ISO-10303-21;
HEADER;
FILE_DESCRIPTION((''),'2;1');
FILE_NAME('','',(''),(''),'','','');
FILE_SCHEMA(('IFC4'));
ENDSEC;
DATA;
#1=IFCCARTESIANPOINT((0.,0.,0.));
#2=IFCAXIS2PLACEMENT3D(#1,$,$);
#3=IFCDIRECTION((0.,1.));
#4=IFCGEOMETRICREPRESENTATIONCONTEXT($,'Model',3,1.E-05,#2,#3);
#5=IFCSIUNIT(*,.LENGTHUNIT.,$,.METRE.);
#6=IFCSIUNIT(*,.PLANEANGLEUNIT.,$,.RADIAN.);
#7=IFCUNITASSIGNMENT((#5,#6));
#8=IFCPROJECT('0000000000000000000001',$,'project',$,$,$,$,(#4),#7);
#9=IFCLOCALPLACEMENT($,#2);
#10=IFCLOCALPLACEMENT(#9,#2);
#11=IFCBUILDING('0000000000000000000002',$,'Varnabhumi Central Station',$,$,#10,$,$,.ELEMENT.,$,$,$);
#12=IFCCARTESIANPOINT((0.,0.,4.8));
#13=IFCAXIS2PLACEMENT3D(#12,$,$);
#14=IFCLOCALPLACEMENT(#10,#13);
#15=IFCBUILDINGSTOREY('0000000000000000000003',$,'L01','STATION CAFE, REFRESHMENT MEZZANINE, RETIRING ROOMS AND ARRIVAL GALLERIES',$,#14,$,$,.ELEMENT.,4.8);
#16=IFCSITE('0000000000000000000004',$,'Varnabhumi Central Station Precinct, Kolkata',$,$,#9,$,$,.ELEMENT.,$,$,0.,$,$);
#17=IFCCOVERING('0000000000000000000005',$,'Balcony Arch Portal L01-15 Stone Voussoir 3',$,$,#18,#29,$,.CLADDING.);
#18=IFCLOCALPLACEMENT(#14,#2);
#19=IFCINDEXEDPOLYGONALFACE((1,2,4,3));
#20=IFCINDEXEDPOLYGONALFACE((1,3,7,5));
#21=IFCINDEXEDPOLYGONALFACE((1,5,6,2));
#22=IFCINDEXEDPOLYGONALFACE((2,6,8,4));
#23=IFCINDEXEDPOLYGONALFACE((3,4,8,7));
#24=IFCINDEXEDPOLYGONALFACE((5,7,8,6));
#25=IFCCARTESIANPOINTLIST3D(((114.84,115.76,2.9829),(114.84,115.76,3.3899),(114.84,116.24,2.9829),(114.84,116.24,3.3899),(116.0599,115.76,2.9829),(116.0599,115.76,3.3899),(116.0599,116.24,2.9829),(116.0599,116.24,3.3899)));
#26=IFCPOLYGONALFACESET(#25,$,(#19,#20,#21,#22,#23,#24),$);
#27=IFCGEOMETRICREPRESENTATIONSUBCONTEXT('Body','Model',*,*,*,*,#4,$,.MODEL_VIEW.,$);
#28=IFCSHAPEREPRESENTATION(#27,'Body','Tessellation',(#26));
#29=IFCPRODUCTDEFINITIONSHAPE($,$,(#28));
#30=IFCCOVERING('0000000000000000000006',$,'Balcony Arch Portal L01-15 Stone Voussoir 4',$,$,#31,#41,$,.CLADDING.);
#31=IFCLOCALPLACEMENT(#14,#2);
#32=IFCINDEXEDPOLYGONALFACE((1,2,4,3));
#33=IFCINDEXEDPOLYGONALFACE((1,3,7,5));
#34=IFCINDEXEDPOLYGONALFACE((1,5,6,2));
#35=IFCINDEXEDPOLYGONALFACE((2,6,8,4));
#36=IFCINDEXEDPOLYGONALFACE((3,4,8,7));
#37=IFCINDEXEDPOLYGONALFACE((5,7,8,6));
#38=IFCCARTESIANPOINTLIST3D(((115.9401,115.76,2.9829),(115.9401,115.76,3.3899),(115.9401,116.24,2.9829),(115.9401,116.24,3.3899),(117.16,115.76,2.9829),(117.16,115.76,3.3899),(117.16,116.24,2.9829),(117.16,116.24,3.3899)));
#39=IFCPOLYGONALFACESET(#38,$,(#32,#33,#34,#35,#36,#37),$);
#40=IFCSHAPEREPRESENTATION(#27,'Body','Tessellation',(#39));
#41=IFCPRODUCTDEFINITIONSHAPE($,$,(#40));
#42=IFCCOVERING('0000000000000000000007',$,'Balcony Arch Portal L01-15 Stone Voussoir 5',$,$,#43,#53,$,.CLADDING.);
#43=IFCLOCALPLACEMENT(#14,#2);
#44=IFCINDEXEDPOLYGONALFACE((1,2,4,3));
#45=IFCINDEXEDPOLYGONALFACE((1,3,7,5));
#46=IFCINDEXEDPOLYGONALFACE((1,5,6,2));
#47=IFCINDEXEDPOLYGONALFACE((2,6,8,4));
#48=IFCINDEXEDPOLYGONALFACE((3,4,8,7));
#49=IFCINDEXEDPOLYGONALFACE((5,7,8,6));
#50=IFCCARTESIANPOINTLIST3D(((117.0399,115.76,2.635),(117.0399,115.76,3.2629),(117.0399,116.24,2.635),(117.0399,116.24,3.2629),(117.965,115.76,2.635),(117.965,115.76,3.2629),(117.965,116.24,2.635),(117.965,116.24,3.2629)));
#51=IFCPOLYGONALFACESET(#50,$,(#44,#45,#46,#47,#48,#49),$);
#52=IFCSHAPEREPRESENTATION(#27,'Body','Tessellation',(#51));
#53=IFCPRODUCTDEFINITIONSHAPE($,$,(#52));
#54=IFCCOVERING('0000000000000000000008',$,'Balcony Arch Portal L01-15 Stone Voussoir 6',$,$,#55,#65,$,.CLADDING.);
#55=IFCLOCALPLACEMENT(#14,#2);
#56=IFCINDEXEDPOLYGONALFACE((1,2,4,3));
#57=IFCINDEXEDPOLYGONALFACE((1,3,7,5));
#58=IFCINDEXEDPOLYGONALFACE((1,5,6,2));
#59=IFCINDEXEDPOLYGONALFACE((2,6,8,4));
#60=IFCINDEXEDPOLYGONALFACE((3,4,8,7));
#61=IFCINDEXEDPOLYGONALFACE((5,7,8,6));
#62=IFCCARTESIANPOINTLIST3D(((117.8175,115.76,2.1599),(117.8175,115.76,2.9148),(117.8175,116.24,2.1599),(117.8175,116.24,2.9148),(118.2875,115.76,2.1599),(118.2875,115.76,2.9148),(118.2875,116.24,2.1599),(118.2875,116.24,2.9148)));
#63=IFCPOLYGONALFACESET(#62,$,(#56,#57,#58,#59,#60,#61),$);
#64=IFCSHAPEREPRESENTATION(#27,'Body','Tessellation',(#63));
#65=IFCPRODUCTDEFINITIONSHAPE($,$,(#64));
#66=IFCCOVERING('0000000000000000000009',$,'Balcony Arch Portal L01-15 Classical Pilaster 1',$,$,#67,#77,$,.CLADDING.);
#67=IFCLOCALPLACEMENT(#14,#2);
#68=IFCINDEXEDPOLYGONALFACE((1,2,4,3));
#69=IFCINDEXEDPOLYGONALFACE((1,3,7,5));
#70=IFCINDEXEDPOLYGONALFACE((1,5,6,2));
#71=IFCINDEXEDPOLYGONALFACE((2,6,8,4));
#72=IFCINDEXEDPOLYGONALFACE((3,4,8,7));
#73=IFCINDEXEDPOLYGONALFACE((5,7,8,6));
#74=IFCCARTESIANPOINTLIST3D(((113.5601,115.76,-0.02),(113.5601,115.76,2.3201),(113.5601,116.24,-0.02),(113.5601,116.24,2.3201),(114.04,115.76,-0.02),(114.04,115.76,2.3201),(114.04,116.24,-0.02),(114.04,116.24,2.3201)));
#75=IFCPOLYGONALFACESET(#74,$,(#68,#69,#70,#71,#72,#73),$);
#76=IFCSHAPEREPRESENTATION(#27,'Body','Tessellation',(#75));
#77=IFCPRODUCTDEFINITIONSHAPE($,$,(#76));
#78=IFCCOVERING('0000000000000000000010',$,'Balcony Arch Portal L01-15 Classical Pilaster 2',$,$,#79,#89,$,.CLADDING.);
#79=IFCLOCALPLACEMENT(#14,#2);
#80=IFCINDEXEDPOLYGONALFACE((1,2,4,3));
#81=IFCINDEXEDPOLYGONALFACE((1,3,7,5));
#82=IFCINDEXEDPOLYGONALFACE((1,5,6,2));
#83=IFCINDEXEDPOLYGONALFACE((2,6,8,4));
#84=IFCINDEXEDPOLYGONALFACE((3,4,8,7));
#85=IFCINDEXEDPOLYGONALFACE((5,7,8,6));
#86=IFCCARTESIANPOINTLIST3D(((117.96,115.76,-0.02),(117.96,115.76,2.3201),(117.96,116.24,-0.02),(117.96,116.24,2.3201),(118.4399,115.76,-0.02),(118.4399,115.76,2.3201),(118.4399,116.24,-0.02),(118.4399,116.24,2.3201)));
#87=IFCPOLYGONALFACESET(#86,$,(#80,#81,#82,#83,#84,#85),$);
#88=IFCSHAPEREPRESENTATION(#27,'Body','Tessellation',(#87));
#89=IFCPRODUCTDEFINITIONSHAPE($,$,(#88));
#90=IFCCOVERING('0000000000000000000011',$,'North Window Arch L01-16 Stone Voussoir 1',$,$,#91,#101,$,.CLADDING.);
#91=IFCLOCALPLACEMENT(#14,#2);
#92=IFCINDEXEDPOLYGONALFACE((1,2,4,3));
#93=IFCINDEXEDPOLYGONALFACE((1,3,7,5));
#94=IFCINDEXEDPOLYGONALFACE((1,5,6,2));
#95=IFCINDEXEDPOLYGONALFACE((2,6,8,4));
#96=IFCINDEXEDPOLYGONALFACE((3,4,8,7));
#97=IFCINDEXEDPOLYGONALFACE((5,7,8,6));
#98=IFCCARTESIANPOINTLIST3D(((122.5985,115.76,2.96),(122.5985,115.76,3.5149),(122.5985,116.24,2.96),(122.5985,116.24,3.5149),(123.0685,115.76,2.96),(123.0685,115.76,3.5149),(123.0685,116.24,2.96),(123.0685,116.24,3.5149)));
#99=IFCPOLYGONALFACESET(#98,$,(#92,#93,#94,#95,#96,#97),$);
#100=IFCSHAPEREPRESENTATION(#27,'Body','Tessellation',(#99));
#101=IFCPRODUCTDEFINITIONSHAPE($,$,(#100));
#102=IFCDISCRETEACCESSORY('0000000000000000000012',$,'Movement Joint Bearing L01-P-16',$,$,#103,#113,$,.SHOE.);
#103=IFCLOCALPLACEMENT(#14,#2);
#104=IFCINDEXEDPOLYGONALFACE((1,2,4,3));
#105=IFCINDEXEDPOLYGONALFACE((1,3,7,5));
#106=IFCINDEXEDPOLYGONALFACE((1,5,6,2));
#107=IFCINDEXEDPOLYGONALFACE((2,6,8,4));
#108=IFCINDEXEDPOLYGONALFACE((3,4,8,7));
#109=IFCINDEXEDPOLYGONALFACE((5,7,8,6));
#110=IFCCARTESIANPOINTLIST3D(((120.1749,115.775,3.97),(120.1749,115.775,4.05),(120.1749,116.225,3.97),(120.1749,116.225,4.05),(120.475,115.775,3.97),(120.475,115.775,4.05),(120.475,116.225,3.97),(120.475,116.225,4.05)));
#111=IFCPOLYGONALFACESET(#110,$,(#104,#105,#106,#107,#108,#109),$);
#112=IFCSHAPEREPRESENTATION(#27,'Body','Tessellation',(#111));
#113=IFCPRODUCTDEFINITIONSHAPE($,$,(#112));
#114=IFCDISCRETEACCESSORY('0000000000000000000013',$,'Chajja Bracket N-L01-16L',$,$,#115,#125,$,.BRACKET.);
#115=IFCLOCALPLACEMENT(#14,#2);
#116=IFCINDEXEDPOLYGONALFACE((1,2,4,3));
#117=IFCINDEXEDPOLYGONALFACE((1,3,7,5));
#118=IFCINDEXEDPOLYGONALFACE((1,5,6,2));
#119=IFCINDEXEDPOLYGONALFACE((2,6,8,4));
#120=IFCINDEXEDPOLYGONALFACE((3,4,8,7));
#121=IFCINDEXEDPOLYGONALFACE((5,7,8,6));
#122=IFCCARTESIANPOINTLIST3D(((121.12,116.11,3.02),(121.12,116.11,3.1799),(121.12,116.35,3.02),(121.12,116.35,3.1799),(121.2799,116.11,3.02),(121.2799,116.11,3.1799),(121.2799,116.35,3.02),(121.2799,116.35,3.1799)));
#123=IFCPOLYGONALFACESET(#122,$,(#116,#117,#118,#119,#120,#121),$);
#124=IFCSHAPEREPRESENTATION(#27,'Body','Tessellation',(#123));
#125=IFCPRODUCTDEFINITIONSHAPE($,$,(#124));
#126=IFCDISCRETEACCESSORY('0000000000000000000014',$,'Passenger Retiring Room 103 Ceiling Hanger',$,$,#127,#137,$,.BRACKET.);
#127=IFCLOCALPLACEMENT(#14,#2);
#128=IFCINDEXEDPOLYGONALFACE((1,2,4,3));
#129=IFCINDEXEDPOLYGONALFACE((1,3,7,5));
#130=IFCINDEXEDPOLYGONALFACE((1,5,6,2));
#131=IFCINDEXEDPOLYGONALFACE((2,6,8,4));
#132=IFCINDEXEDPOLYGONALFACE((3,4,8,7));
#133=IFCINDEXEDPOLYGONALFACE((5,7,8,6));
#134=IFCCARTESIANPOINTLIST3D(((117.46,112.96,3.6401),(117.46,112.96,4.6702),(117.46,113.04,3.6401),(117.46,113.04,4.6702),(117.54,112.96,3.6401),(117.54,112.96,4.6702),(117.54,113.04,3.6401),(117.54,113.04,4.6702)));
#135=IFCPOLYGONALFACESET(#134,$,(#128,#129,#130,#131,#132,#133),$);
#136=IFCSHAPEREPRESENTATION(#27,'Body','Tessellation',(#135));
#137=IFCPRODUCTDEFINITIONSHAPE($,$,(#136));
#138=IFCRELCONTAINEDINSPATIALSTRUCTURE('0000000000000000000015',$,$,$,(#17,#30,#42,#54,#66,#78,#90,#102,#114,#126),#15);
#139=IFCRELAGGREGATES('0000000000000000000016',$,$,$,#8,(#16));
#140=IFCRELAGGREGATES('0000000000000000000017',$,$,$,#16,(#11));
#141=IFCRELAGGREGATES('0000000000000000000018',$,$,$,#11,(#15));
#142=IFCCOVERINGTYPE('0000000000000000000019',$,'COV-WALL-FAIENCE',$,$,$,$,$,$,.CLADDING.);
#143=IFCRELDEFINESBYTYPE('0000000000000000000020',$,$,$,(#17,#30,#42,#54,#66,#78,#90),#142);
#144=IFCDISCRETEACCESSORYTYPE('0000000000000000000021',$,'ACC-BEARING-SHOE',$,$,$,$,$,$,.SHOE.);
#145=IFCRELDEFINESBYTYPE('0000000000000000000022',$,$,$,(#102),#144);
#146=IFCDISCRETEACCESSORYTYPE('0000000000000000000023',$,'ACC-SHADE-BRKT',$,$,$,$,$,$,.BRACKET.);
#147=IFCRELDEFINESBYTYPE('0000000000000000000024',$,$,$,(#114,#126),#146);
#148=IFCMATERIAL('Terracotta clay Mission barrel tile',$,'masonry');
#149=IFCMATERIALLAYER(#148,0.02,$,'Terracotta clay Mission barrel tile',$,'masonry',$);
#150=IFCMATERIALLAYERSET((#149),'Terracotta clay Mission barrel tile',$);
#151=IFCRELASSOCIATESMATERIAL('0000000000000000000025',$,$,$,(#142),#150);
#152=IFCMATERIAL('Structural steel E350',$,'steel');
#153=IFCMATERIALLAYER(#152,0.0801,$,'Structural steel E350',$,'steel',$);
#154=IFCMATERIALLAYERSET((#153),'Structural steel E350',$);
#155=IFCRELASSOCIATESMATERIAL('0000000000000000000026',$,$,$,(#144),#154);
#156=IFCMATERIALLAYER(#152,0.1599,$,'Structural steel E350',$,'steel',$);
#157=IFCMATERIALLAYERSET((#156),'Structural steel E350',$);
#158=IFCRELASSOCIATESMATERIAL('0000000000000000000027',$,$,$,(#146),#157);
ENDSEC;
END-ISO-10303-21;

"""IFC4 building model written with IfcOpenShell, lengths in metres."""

from ifc_helpers import new_model, si_unit, direction, frame, origin, origin_2d, place, context, subcontext, project, spatial, rectangle, extrude, material, layer, layer_set, type_object, element, save


model = new_model("IFC4")

# Units and contexts
model_context = context("Model", 3, precision=1e-05, world=origin(), true_north=direction((0.0, 1.0)))
body_context = subcontext(model_context, "Body", "Model", "MODEL_VIEW")
ifc_project = project(units=[si_unit("LENGTHUNIT", "METRE"), si_unit("PLANEANGLEUNIT", "RADIAN")], contexts=[model_context])

# Site, building, storey
site_placement = place(None, origin())
site = spatial("IfcSite", under=ifc_project, at=site_placement, Name="Varnabhumi Central Station Precinct, Kolkata", CompositionType="ELEMENT", RefElevation=0.0)
building_placement = place(site_placement, origin())
building = spatial("IfcBuilding", under=site, at=building_placement, Name="Varnabhumi Central Station", CompositionType="ELEMENT")
storey_placement = place(building_placement, frame((0.0, 0.0, 4.8)))
storey = spatial("IfcBuildingStorey", under=building, at=storey_placement, Name="L01", Description="STATION CAFE, REFRESHMENT MEZZANINE, RETIRING ROOMS AND ARRIVAL GALLERIES", CompositionType="ELEMENT", Elevation=4.8)

# Shared definitions
ifc_material_1 = material(Name="Structural steel E350", Category="steel")

# Coverings
ifc_material_2 = material(Name="Terracotta clay Mission barrel tile", Category="masonry")
ifc_layer_1 = layer(ifc_material_2, 0.02, Name="Terracotta clay Mission barrel tile", Category="masonry")
ifc_layer_set_1 = layer_set([ifc_layer_1], Name="Terracotta clay Mission barrel tile")
covering_type = type_object("IfcCoveringType", Name="COV-WALL-FAIENCE", PredefinedType="CLADDING", material=ifc_layer_set_1)
for number, where, z_axis, x_axis, name in (
    (1, (115.45, 116.0, 2.9829), (0.0, 0.0, 1.0), (1.0, 0.0, 0.0), "Balcony Arch Portal L01-15 Stone Voussoir 3"),
    (2, (116.55, 116.0, 2.9829), (0.0, 0.0, 1.0), (1.0, 0.0, 0.0), "Balcony Arch Portal L01-15 Stone Voussoir 4"),
):
    element("IfcCovering", number, at=place(storey_placement, frame(where, z_axis=z_axis, x_axis=x_axis)), inside=storey, type_object=covering_type, Name=name, PredefinedType="CLADDING", context=body_context, shape_type="SweptSolid", body=[
        extrude(rectangle(XDim=1.22, YDim=0.48, at=origin_2d()), origin(), (0.0, 0.0, 1.0), 0.407),
    ])
covering_1_placement = place(storey_placement, frame((117.5024, 116.0, 2.635), z_axis=(0.0, 0.0, 1.0), x_axis=(1.0, 0.0, 0.0)))
element("IfcCovering", 3, at=covering_1_placement, inside=storey, type_object=covering_type, Name="Balcony Arch Portal L01-15 Stone Voussoir 5", PredefinedType="CLADDING", context=body_context, shape_type="SweptSolid", body=[
    extrude(rectangle(XDim=0.925, YDim=0.48, at=origin_2d()), origin(), (0.0, 0.0, 1.0), 0.6279),
])
covering_2_placement = place(storey_placement, frame((118.0525, 116.0, 2.1599), z_axis=(0.0, 0.0, 1.0), x_axis=(1.0, 0.0, 0.0)))
element("IfcCovering", 4, at=covering_2_placement, inside=storey, type_object=covering_type, Name="Balcony Arch Portal L01-15 Stone Voussoir 6", PredefinedType="CLADDING", context=body_context, shape_type="SweptSolid", body=[
    extrude(rectangle(XDim=0.47, YDim=0.48, at=origin_2d()), origin(), (0.0, 0.0, 1.0), 0.7549),
])
for number, where, z_axis, x_axis, name in (
    (5, (113.8, 116.0, -0.02), (0.0, 0.0, 1.0), (1.0, 0.0, 0.0), "Balcony Arch Portal L01-15 Classical Pilaster 1"),
    (6, (118.2, 116.0, -0.02), (0.0, 0.0, 1.0), (1.0, 0.0, 0.0), "Balcony Arch Portal L01-15 Classical Pilaster 2"),
):
    element("IfcCovering", number, at=place(storey_placement, frame(where, z_axis=z_axis, x_axis=x_axis)), inside=storey, type_object=covering_type, Name=name, PredefinedType="CLADDING", context=body_context, shape_type="SweptSolid", body=[
        extrude(rectangle(XDim=0.48, YDim=0.48, at=origin_2d()), origin(), (0.0, 0.0, 1.0), 2.3401),
    ])
covering_3_placement = place(storey_placement, frame((122.8335, 116.0, 2.96), z_axis=(0.0, 0.0, 1.0), x_axis=(1.0, 0.0, 0.0)))
element("IfcCovering", 7, at=covering_3_placement, inside=storey, type_object=covering_type, Name="North Window Arch L01-16 Stone Voussoir 1", PredefinedType="CLADDING", context=body_context, shape_type="SweptSolid", body=[
    extrude(rectangle(XDim=0.47, YDim=0.48, at=origin_2d()), origin(), (0.0, 0.0, 1.0), 0.5549),
])

# Discrete accessories
ifc_layer_2 = layer(ifc_material_1, 0.0801, Name="Structural steel E350", Category="steel")
ifc_layer_set_2 = layer_set([ifc_layer_2], Name="Structural steel E350")
discrete_accessory_type_1 = type_object("IfcDiscreteAccessoryType", Name="ACC-BEARING-SHOE", PredefinedType="SHOE", material=ifc_layer_set_2)
discrete_accessory_1_placement = place(storey_placement, frame((120.325, 116.0, 3.97), z_axis=(0.0, 0.0, 1.0), x_axis=(1.0, 0.0, 0.0)))
element("IfcDiscreteAccessory", 8, at=discrete_accessory_1_placement, inside=storey, type_object=discrete_accessory_type_1, Name="Movement Joint Bearing L01-P-16", PredefinedType="SHOE", context=body_context, shape_type="SweptSolid", body=[
    extrude(rectangle(XDim=0.3, YDim=0.45, at=origin_2d()), origin(), (0.0, 0.0, 1.0), 0.0801),
])
ifc_layer_3 = layer(ifc_material_1, 0.1599, Name="Structural steel E350", Category="steel")
ifc_layer_set_3 = layer_set([ifc_layer_3], Name="Structural steel E350")
discrete_accessory_type_2 = type_object("IfcDiscreteAccessoryType", Name="ACC-SHADE-BRKT", PredefinedType="BRACKET", material=ifc_layer_set_3)
discrete_accessory_2_placement = place(storey_placement, frame((121.2, 116.23, 3.02), z_axis=(0.0, 0.0, 1.0), x_axis=(1.0, 0.0, 0.0)))
element("IfcDiscreteAccessory", 9, at=discrete_accessory_2_placement, inside=storey, type_object=discrete_accessory_type_2, Name="Chajja Bracket N-L01-16L", PredefinedType="BRACKET", context=body_context, shape_type="SweptSolid", body=[
    extrude(rectangle(XDim=0.1599, YDim=0.24, at=origin_2d()), origin(), (0.0, 0.0, 1.0), 0.1599),
])
discrete_accessory_3_placement = place(storey_placement, frame((117.5, 113.0, 3.6401), z_axis=(0.0, 0.0, 1.0), x_axis=(1.0, 0.0, 0.0)))
element("IfcDiscreteAccessory", 10, at=discrete_accessory_3_placement, inside=storey, type_object=discrete_accessory_type_2, Name="Passenger Retiring Room 103 Ceiling Hanger", PredefinedType="BRACKET", context=body_context, shape_type="SweptSolid", body=[
    extrude(rectangle(XDim=0.0801, YDim=0.0801, at=origin_2d()), origin(), (0.0, 0.0, 1.0), 1.03),
])

save(model, "model.ifc")
